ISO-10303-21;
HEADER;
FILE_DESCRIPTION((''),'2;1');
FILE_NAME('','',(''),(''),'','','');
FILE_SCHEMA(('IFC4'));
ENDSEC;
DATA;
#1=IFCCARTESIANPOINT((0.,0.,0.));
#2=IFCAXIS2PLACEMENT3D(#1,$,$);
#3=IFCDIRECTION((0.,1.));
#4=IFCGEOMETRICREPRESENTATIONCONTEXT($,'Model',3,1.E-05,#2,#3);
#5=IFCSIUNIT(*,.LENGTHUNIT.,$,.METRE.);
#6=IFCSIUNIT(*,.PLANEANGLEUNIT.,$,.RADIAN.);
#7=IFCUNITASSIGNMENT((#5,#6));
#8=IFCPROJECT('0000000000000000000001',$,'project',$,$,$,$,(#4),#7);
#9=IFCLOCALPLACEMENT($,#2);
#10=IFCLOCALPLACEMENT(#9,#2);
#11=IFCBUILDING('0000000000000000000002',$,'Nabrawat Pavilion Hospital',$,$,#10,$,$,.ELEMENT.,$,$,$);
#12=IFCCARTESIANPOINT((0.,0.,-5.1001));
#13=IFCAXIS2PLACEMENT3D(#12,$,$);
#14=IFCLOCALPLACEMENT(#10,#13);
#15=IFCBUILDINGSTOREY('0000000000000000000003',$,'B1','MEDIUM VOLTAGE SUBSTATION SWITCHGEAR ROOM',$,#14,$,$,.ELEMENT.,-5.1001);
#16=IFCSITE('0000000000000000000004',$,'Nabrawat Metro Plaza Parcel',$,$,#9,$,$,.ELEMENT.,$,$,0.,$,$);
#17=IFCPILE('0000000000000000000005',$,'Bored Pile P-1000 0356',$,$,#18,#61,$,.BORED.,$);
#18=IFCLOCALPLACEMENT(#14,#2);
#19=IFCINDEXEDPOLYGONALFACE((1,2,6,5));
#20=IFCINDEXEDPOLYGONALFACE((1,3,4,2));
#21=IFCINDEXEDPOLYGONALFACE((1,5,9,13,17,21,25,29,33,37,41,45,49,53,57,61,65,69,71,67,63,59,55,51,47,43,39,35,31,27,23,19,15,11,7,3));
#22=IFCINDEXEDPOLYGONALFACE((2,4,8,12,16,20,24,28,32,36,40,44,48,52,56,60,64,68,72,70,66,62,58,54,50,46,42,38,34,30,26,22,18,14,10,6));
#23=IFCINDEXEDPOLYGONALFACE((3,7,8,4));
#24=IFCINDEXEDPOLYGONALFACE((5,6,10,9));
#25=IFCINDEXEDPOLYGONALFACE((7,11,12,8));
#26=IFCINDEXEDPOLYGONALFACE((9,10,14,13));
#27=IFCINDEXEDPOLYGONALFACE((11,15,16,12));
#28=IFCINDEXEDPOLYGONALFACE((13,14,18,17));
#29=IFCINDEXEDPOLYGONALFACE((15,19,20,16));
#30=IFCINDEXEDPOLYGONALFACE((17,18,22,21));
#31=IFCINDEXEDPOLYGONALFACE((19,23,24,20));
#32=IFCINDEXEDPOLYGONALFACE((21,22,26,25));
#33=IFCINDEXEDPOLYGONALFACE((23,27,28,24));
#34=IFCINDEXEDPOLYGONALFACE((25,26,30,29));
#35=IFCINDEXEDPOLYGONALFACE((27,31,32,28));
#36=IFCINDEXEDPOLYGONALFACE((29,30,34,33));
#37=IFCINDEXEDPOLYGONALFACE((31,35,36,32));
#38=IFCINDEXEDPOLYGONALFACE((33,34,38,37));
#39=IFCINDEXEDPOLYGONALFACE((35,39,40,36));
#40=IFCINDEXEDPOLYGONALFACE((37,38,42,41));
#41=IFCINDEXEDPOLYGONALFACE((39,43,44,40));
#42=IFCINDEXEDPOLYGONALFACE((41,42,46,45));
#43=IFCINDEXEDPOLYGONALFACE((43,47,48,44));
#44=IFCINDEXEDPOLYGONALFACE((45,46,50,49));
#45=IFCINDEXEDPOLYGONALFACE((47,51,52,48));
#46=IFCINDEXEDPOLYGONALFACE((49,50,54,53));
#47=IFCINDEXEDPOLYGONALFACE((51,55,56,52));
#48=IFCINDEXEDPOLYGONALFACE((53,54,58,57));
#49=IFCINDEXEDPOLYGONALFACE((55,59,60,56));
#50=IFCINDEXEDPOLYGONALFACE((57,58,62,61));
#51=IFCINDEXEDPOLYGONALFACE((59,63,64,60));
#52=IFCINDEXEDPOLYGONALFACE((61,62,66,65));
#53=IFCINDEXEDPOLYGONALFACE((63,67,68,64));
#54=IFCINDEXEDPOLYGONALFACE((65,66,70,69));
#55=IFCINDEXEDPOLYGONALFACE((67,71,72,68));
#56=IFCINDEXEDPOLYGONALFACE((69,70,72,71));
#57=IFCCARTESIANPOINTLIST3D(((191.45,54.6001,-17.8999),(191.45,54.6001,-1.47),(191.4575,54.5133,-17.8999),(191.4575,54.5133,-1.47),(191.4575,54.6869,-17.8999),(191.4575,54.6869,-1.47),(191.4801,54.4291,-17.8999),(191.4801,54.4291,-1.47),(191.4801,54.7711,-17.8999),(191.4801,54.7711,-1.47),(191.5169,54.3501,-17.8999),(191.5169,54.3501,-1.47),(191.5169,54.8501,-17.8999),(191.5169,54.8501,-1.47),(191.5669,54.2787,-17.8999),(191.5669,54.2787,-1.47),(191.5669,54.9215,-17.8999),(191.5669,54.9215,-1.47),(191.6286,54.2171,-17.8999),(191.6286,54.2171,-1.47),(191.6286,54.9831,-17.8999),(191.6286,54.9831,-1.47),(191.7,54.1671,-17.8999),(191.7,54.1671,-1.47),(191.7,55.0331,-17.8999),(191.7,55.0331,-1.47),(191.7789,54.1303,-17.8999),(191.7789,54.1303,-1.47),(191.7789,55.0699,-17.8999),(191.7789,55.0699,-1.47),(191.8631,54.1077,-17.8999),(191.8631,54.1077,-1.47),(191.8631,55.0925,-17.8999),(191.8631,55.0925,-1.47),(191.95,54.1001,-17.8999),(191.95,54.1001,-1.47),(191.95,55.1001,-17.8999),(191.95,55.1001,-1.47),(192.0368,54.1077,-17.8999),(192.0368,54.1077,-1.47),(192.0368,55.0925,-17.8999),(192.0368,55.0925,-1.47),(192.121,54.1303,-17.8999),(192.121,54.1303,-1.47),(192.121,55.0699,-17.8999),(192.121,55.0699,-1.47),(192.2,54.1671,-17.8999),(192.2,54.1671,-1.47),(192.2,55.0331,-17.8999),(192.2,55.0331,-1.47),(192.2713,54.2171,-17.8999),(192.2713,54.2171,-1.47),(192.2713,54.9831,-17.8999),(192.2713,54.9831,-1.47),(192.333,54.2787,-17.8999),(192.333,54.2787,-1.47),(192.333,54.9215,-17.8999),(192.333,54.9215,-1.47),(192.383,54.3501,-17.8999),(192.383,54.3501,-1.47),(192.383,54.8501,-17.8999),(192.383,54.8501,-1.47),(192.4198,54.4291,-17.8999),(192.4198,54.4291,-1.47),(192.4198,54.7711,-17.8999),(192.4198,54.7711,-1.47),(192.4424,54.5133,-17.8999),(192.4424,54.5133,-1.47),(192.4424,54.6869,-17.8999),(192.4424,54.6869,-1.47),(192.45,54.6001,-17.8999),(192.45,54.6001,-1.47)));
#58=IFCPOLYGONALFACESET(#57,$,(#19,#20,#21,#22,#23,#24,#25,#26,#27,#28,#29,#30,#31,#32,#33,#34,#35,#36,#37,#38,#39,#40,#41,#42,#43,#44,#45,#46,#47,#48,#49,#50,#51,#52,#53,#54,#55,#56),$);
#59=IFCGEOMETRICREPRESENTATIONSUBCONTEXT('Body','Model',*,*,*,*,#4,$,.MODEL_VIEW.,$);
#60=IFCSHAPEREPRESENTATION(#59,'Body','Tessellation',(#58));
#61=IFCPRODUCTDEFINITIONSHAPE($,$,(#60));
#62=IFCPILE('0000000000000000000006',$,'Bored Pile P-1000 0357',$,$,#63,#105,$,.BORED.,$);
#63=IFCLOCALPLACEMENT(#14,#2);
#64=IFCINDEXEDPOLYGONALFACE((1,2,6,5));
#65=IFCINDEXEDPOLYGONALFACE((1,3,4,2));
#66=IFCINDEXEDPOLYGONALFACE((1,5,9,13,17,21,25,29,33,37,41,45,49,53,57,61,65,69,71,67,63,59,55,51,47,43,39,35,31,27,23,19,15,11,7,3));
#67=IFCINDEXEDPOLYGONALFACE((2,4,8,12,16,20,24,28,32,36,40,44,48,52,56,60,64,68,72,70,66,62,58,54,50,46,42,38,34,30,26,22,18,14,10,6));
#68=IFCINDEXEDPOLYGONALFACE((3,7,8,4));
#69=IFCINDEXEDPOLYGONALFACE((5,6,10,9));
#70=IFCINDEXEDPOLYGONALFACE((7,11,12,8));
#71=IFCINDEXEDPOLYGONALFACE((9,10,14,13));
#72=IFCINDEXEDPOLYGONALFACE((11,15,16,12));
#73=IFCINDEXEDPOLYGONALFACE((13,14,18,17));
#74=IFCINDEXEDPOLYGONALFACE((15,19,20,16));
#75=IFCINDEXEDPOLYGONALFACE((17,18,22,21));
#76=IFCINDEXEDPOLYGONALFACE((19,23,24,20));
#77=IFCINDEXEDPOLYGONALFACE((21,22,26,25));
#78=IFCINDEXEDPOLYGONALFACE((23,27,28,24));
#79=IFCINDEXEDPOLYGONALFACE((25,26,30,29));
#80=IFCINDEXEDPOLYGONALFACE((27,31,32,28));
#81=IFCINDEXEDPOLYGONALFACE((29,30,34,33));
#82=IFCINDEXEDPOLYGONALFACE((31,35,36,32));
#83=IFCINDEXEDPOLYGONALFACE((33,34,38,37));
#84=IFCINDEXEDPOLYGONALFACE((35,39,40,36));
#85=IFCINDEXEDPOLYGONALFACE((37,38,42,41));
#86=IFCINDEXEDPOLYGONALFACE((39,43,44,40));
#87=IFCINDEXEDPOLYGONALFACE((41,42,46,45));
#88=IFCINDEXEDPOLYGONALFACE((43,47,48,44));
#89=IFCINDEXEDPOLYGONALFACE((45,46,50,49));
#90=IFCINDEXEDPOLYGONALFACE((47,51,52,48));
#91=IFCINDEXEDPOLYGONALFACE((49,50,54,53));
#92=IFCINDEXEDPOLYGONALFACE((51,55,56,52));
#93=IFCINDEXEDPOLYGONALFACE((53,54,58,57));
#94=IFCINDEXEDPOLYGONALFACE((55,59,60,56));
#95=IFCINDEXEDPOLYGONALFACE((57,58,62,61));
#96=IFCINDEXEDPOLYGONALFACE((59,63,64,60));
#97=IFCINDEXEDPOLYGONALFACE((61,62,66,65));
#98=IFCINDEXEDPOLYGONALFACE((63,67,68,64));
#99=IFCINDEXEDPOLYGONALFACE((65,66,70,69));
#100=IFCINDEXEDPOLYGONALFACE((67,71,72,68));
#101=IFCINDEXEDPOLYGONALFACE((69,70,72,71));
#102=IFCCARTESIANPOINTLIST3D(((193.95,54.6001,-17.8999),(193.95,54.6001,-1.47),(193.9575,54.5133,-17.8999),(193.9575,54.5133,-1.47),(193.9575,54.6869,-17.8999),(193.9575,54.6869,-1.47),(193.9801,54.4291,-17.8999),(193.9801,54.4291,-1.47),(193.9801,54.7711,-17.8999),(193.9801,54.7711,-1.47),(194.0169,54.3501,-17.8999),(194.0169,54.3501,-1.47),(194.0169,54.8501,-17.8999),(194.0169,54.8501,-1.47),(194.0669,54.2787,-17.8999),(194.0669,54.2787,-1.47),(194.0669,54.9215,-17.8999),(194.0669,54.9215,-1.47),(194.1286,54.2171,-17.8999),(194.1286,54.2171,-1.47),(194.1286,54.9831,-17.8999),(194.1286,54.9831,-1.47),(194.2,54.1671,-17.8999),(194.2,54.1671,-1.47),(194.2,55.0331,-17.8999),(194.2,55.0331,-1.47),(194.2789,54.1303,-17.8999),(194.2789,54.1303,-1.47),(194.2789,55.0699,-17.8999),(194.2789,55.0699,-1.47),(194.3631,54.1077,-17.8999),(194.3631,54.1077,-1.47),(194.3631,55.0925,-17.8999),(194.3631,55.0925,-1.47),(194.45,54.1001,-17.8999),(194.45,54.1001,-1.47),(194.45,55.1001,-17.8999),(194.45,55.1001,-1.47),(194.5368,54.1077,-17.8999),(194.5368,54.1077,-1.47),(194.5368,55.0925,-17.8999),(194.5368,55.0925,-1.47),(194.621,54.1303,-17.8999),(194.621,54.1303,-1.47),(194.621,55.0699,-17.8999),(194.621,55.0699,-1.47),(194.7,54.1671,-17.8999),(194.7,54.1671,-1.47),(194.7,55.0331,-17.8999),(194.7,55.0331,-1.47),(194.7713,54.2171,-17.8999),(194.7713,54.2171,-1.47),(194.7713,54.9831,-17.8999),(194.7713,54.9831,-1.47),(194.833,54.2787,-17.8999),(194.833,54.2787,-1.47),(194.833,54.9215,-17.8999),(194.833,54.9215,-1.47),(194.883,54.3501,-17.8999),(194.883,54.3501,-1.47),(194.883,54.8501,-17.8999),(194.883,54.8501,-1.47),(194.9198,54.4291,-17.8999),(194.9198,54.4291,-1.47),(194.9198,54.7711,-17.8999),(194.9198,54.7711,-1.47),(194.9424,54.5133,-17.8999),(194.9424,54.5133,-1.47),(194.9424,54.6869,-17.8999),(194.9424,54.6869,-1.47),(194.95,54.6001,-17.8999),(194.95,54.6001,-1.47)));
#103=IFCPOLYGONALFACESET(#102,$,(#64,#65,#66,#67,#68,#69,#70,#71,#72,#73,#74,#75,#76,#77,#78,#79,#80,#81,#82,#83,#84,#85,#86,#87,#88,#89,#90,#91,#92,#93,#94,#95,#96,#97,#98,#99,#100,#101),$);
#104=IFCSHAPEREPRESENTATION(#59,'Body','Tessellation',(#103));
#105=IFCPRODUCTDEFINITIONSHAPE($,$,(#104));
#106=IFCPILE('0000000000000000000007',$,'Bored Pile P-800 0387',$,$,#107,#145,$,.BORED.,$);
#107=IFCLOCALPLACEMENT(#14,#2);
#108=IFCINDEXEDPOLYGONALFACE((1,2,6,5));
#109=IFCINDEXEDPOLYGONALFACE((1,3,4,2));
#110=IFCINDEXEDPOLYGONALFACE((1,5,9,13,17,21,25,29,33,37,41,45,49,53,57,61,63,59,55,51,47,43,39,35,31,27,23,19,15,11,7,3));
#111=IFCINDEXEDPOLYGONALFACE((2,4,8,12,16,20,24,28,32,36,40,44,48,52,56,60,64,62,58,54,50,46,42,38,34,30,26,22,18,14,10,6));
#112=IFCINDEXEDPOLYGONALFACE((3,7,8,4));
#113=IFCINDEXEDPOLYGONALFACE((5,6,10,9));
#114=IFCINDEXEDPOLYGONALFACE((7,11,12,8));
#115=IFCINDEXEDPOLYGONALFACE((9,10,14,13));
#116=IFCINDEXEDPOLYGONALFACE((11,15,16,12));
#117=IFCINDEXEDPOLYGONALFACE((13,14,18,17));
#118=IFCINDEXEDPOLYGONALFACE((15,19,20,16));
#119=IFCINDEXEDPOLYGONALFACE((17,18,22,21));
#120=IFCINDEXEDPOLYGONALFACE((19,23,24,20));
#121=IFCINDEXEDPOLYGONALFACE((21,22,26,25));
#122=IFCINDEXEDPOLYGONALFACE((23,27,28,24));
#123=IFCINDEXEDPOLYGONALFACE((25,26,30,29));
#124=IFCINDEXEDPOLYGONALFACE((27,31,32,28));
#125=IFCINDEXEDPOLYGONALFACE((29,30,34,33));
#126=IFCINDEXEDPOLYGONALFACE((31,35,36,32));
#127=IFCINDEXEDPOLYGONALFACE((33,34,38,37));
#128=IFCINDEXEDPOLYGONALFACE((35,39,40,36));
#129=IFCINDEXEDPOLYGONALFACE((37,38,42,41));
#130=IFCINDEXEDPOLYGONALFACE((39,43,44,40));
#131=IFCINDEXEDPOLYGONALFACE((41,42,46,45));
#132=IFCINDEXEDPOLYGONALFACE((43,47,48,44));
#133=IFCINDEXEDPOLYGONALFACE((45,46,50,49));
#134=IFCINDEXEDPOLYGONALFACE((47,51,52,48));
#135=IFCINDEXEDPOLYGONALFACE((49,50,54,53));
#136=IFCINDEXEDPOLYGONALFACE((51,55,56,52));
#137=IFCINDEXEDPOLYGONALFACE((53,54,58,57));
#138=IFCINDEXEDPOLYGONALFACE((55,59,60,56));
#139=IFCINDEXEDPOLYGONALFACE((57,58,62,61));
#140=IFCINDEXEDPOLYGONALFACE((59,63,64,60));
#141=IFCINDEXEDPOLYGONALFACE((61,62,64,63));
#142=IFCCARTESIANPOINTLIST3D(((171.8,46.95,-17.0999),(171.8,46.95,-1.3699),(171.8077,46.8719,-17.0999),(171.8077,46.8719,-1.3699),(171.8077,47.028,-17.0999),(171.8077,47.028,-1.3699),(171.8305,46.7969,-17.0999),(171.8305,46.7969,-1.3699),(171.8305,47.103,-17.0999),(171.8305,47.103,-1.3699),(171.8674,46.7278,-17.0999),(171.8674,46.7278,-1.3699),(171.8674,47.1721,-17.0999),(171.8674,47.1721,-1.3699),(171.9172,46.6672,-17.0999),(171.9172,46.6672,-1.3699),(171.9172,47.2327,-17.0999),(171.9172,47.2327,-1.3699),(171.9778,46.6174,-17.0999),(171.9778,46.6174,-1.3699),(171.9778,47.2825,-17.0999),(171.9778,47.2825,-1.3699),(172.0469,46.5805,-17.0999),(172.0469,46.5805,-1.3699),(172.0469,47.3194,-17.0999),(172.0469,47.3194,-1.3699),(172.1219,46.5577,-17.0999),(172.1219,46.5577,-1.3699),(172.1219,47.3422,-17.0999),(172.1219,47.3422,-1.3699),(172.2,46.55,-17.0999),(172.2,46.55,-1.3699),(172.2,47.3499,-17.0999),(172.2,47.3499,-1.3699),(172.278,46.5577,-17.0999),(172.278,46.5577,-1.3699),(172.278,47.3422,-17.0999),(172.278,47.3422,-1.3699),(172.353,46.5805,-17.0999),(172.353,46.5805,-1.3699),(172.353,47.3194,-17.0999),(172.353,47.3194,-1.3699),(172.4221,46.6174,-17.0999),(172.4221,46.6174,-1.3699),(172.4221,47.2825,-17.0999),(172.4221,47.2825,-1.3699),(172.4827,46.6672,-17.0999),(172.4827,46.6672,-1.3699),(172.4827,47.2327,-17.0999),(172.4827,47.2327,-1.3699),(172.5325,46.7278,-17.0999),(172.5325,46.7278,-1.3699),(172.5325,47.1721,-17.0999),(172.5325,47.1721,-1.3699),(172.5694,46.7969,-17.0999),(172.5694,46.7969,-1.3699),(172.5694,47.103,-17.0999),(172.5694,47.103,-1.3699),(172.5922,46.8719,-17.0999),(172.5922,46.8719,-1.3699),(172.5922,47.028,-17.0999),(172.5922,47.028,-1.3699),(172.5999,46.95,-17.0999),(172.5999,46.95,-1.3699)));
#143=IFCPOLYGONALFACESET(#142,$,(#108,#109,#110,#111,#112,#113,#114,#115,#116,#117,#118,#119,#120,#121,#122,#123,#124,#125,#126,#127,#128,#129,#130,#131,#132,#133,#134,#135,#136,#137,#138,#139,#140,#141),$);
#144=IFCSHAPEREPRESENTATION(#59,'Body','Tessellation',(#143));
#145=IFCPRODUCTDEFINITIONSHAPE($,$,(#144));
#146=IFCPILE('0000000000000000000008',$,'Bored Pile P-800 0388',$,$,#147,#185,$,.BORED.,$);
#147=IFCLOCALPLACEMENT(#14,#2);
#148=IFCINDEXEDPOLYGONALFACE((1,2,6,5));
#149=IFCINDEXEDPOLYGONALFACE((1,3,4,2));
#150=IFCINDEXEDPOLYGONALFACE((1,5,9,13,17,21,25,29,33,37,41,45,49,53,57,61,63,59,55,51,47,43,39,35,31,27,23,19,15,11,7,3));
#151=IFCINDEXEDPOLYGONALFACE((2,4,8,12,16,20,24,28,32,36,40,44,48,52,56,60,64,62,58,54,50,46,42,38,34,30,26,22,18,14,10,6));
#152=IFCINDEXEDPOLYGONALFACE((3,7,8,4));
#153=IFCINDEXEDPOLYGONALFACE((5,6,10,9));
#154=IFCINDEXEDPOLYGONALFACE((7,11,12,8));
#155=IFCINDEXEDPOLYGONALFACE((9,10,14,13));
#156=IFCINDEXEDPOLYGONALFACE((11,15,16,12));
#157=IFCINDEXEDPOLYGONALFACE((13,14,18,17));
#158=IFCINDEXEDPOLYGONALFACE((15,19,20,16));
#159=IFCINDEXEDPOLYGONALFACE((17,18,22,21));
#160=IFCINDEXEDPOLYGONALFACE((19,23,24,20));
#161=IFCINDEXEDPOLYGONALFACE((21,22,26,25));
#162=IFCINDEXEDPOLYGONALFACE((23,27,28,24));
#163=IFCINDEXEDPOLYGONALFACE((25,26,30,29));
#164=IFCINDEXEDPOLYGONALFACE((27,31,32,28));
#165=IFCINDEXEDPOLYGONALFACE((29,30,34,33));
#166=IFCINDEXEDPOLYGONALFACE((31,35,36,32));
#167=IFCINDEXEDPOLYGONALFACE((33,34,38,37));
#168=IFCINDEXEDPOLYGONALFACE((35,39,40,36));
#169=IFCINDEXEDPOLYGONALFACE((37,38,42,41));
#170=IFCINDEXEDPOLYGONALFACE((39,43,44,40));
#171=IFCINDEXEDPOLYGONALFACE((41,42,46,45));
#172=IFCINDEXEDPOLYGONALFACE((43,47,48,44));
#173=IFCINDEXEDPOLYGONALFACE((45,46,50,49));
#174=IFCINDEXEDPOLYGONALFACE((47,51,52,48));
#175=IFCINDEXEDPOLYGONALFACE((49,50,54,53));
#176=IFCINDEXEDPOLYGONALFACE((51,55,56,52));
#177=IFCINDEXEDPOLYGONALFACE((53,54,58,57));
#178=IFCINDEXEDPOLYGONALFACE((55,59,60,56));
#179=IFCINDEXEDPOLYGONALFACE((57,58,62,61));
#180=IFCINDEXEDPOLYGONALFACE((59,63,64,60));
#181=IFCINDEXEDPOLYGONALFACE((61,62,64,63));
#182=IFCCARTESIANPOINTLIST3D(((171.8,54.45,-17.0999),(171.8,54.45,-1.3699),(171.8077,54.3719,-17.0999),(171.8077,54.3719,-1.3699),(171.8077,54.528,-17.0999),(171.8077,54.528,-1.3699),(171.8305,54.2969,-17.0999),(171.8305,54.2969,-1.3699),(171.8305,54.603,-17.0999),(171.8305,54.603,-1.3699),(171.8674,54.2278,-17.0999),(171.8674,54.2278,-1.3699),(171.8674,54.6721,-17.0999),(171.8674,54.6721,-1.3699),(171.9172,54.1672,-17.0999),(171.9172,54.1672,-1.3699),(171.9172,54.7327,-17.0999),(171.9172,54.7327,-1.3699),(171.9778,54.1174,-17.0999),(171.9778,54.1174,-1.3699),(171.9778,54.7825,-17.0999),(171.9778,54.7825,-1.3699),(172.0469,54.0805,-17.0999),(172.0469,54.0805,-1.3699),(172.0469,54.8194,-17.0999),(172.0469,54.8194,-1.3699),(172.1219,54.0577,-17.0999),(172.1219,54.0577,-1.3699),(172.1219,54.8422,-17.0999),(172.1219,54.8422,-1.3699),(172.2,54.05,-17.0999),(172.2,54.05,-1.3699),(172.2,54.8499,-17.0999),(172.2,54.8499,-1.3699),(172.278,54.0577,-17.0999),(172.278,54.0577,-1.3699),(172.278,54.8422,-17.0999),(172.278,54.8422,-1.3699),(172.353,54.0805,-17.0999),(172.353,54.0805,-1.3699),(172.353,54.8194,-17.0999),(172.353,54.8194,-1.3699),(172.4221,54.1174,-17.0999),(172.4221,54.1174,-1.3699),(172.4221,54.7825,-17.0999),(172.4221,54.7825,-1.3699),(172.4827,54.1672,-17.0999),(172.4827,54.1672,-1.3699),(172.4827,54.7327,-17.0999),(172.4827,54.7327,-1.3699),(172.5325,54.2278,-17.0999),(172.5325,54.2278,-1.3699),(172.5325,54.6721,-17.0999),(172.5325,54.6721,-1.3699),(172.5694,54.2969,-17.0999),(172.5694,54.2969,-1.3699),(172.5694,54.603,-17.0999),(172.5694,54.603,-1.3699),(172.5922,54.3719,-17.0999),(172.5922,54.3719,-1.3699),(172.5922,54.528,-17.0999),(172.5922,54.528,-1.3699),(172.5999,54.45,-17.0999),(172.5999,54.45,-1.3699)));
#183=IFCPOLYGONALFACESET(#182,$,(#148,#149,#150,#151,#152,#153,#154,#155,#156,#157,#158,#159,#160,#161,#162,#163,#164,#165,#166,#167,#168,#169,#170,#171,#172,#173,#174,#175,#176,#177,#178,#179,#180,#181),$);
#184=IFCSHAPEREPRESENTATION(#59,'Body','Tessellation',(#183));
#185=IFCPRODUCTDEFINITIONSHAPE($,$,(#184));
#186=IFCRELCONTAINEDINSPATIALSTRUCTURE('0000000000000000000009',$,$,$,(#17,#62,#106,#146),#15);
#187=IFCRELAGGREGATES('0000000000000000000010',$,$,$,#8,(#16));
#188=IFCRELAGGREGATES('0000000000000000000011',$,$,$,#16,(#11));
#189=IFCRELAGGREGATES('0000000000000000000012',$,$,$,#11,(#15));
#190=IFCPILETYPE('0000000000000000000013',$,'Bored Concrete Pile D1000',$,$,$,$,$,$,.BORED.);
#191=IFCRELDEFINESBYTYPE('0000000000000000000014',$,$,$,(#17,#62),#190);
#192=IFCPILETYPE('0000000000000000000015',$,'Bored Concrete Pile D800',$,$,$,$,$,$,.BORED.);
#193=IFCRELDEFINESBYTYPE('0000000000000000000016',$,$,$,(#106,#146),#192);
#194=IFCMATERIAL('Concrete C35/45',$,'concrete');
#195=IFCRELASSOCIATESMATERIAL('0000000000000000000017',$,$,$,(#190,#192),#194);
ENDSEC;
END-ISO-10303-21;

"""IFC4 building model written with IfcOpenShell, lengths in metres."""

from ifc_helpers import new_model, si_unit, direction, frame, origin, origin_2d, place, context, subcontext, project, spatial, circle, extrude, material, material_profile, profile_set, type_object, element, save


model = new_model("IFC4")

# Units and contexts
model_context = context("Model", 3, precision=1e-05, world=origin(), true_north=direction((0.0, 1.0)))
body_context = subcontext(model_context, "Body", "Model", "MODEL_VIEW")
ifc_project = project(units=[si_unit("LENGTHUNIT", "METRE"), si_unit("PLANEANGLEUNIT", "RADIAN")], contexts=[model_context])

# Site, building, storey
site_placement = place(None, origin())
site = spatial("IfcSite", under=ifc_project, at=site_placement, Name="Nabrawat Metro Plaza Parcel", CompositionType="ELEMENT", RefElevation=0.0)
building_placement = place(site_placement, origin())
building = spatial("IfcBuilding", under=site, at=building_placement, Name="Nabrawat Pavilion Hospital", CompositionType="ELEMENT")
storey_placement = place(building_placement, frame((0.0, 0.0, -5.1001)))
storey = spatial("IfcBuildingStorey", under=building, at=storey_placement, Name="B1", Description="MEDIUM VOLTAGE SUBSTATION SWITCHGEAR ROOM", CompositionType="ELEMENT", Elevation=-5.1001)

# Piles
ifc_material_1 = material(Name="Concrete C35/45", Category="concrete")
ifc_material_profile_1 = material_profile(ifc_material_1, circle(Radius=0.5, at=origin_2d()), Name="DIA 1000")
ifc_profile_set_1 = profile_set([ifc_material_profile_1], Name="Concrete C35/45")
pile_type_1 = type_object("IfcPileType", Name="Bored Concrete Pile D1000", PredefinedType="BORED", material=ifc_profile_set_1)
for number, where, z_axis, x_axis, name in (
    (1, (191.95, 54.6001, -1.47), (0.0, 0.0, -1.0), (1.0, 0.0, 0.0), "Bored Pile P-1000 0356"),
    (2, (194.45, 54.6001, -1.47), (0.0, 0.0, -1.0), (1.0, 0.0, 0.0), "Bored Pile P-1000 0357"),
):
    element("IfcPile", number, at=place(storey_placement, frame(where, z_axis=z_axis, x_axis=x_axis)), inside=storey, type_object=pile_type_1, Name=name, PredefinedType="BORED", context=body_context, shape_type="SweptSolid", body=[
        extrude(circle(Radius=0.5, at=origin_2d()), origin(), (0.0, 0.0, 1.0), 16.4299),
    ])
ifc_material_profile_2 = material_profile(ifc_material_1, circle(Radius=0.3999, at=origin_2d()), Name="DIA 800")
ifc_profile_set_2 = profile_set([ifc_material_profile_2], Name="Concrete C35/45")
pile_type_2 = type_object("IfcPileType", Name="Bored Concrete Pile D800", PredefinedType="BORED", material=ifc_profile_set_2)
for number, where, z_axis, x_axis, name in (
    (3, (172.2, 46.95, -1.3699), (0.0, 0.0, -1.0), (1.0, 0.0, 0.0), "Bored Pile P-800 0387"),
    (4, (172.2, 54.45, -1.3699), (0.0, 0.0, -1.0), (1.0, 0.0, 0.0), "Bored Pile P-800 0388"),
):
    element("IfcPile", number, at=place(storey_placement, frame(where, z_axis=z_axis, x_axis=x_axis)), inside=storey, type_object=pile_type_2, Name=name, PredefinedType="BORED", context=body_context, shape_type="SweptSolid", body=[
        extrude(circle(Radius=0.3999, at=origin_2d()), origin(), (0.0, 0.0, 1.0), 15.73),
    ])

save(model, "model.ifc")
